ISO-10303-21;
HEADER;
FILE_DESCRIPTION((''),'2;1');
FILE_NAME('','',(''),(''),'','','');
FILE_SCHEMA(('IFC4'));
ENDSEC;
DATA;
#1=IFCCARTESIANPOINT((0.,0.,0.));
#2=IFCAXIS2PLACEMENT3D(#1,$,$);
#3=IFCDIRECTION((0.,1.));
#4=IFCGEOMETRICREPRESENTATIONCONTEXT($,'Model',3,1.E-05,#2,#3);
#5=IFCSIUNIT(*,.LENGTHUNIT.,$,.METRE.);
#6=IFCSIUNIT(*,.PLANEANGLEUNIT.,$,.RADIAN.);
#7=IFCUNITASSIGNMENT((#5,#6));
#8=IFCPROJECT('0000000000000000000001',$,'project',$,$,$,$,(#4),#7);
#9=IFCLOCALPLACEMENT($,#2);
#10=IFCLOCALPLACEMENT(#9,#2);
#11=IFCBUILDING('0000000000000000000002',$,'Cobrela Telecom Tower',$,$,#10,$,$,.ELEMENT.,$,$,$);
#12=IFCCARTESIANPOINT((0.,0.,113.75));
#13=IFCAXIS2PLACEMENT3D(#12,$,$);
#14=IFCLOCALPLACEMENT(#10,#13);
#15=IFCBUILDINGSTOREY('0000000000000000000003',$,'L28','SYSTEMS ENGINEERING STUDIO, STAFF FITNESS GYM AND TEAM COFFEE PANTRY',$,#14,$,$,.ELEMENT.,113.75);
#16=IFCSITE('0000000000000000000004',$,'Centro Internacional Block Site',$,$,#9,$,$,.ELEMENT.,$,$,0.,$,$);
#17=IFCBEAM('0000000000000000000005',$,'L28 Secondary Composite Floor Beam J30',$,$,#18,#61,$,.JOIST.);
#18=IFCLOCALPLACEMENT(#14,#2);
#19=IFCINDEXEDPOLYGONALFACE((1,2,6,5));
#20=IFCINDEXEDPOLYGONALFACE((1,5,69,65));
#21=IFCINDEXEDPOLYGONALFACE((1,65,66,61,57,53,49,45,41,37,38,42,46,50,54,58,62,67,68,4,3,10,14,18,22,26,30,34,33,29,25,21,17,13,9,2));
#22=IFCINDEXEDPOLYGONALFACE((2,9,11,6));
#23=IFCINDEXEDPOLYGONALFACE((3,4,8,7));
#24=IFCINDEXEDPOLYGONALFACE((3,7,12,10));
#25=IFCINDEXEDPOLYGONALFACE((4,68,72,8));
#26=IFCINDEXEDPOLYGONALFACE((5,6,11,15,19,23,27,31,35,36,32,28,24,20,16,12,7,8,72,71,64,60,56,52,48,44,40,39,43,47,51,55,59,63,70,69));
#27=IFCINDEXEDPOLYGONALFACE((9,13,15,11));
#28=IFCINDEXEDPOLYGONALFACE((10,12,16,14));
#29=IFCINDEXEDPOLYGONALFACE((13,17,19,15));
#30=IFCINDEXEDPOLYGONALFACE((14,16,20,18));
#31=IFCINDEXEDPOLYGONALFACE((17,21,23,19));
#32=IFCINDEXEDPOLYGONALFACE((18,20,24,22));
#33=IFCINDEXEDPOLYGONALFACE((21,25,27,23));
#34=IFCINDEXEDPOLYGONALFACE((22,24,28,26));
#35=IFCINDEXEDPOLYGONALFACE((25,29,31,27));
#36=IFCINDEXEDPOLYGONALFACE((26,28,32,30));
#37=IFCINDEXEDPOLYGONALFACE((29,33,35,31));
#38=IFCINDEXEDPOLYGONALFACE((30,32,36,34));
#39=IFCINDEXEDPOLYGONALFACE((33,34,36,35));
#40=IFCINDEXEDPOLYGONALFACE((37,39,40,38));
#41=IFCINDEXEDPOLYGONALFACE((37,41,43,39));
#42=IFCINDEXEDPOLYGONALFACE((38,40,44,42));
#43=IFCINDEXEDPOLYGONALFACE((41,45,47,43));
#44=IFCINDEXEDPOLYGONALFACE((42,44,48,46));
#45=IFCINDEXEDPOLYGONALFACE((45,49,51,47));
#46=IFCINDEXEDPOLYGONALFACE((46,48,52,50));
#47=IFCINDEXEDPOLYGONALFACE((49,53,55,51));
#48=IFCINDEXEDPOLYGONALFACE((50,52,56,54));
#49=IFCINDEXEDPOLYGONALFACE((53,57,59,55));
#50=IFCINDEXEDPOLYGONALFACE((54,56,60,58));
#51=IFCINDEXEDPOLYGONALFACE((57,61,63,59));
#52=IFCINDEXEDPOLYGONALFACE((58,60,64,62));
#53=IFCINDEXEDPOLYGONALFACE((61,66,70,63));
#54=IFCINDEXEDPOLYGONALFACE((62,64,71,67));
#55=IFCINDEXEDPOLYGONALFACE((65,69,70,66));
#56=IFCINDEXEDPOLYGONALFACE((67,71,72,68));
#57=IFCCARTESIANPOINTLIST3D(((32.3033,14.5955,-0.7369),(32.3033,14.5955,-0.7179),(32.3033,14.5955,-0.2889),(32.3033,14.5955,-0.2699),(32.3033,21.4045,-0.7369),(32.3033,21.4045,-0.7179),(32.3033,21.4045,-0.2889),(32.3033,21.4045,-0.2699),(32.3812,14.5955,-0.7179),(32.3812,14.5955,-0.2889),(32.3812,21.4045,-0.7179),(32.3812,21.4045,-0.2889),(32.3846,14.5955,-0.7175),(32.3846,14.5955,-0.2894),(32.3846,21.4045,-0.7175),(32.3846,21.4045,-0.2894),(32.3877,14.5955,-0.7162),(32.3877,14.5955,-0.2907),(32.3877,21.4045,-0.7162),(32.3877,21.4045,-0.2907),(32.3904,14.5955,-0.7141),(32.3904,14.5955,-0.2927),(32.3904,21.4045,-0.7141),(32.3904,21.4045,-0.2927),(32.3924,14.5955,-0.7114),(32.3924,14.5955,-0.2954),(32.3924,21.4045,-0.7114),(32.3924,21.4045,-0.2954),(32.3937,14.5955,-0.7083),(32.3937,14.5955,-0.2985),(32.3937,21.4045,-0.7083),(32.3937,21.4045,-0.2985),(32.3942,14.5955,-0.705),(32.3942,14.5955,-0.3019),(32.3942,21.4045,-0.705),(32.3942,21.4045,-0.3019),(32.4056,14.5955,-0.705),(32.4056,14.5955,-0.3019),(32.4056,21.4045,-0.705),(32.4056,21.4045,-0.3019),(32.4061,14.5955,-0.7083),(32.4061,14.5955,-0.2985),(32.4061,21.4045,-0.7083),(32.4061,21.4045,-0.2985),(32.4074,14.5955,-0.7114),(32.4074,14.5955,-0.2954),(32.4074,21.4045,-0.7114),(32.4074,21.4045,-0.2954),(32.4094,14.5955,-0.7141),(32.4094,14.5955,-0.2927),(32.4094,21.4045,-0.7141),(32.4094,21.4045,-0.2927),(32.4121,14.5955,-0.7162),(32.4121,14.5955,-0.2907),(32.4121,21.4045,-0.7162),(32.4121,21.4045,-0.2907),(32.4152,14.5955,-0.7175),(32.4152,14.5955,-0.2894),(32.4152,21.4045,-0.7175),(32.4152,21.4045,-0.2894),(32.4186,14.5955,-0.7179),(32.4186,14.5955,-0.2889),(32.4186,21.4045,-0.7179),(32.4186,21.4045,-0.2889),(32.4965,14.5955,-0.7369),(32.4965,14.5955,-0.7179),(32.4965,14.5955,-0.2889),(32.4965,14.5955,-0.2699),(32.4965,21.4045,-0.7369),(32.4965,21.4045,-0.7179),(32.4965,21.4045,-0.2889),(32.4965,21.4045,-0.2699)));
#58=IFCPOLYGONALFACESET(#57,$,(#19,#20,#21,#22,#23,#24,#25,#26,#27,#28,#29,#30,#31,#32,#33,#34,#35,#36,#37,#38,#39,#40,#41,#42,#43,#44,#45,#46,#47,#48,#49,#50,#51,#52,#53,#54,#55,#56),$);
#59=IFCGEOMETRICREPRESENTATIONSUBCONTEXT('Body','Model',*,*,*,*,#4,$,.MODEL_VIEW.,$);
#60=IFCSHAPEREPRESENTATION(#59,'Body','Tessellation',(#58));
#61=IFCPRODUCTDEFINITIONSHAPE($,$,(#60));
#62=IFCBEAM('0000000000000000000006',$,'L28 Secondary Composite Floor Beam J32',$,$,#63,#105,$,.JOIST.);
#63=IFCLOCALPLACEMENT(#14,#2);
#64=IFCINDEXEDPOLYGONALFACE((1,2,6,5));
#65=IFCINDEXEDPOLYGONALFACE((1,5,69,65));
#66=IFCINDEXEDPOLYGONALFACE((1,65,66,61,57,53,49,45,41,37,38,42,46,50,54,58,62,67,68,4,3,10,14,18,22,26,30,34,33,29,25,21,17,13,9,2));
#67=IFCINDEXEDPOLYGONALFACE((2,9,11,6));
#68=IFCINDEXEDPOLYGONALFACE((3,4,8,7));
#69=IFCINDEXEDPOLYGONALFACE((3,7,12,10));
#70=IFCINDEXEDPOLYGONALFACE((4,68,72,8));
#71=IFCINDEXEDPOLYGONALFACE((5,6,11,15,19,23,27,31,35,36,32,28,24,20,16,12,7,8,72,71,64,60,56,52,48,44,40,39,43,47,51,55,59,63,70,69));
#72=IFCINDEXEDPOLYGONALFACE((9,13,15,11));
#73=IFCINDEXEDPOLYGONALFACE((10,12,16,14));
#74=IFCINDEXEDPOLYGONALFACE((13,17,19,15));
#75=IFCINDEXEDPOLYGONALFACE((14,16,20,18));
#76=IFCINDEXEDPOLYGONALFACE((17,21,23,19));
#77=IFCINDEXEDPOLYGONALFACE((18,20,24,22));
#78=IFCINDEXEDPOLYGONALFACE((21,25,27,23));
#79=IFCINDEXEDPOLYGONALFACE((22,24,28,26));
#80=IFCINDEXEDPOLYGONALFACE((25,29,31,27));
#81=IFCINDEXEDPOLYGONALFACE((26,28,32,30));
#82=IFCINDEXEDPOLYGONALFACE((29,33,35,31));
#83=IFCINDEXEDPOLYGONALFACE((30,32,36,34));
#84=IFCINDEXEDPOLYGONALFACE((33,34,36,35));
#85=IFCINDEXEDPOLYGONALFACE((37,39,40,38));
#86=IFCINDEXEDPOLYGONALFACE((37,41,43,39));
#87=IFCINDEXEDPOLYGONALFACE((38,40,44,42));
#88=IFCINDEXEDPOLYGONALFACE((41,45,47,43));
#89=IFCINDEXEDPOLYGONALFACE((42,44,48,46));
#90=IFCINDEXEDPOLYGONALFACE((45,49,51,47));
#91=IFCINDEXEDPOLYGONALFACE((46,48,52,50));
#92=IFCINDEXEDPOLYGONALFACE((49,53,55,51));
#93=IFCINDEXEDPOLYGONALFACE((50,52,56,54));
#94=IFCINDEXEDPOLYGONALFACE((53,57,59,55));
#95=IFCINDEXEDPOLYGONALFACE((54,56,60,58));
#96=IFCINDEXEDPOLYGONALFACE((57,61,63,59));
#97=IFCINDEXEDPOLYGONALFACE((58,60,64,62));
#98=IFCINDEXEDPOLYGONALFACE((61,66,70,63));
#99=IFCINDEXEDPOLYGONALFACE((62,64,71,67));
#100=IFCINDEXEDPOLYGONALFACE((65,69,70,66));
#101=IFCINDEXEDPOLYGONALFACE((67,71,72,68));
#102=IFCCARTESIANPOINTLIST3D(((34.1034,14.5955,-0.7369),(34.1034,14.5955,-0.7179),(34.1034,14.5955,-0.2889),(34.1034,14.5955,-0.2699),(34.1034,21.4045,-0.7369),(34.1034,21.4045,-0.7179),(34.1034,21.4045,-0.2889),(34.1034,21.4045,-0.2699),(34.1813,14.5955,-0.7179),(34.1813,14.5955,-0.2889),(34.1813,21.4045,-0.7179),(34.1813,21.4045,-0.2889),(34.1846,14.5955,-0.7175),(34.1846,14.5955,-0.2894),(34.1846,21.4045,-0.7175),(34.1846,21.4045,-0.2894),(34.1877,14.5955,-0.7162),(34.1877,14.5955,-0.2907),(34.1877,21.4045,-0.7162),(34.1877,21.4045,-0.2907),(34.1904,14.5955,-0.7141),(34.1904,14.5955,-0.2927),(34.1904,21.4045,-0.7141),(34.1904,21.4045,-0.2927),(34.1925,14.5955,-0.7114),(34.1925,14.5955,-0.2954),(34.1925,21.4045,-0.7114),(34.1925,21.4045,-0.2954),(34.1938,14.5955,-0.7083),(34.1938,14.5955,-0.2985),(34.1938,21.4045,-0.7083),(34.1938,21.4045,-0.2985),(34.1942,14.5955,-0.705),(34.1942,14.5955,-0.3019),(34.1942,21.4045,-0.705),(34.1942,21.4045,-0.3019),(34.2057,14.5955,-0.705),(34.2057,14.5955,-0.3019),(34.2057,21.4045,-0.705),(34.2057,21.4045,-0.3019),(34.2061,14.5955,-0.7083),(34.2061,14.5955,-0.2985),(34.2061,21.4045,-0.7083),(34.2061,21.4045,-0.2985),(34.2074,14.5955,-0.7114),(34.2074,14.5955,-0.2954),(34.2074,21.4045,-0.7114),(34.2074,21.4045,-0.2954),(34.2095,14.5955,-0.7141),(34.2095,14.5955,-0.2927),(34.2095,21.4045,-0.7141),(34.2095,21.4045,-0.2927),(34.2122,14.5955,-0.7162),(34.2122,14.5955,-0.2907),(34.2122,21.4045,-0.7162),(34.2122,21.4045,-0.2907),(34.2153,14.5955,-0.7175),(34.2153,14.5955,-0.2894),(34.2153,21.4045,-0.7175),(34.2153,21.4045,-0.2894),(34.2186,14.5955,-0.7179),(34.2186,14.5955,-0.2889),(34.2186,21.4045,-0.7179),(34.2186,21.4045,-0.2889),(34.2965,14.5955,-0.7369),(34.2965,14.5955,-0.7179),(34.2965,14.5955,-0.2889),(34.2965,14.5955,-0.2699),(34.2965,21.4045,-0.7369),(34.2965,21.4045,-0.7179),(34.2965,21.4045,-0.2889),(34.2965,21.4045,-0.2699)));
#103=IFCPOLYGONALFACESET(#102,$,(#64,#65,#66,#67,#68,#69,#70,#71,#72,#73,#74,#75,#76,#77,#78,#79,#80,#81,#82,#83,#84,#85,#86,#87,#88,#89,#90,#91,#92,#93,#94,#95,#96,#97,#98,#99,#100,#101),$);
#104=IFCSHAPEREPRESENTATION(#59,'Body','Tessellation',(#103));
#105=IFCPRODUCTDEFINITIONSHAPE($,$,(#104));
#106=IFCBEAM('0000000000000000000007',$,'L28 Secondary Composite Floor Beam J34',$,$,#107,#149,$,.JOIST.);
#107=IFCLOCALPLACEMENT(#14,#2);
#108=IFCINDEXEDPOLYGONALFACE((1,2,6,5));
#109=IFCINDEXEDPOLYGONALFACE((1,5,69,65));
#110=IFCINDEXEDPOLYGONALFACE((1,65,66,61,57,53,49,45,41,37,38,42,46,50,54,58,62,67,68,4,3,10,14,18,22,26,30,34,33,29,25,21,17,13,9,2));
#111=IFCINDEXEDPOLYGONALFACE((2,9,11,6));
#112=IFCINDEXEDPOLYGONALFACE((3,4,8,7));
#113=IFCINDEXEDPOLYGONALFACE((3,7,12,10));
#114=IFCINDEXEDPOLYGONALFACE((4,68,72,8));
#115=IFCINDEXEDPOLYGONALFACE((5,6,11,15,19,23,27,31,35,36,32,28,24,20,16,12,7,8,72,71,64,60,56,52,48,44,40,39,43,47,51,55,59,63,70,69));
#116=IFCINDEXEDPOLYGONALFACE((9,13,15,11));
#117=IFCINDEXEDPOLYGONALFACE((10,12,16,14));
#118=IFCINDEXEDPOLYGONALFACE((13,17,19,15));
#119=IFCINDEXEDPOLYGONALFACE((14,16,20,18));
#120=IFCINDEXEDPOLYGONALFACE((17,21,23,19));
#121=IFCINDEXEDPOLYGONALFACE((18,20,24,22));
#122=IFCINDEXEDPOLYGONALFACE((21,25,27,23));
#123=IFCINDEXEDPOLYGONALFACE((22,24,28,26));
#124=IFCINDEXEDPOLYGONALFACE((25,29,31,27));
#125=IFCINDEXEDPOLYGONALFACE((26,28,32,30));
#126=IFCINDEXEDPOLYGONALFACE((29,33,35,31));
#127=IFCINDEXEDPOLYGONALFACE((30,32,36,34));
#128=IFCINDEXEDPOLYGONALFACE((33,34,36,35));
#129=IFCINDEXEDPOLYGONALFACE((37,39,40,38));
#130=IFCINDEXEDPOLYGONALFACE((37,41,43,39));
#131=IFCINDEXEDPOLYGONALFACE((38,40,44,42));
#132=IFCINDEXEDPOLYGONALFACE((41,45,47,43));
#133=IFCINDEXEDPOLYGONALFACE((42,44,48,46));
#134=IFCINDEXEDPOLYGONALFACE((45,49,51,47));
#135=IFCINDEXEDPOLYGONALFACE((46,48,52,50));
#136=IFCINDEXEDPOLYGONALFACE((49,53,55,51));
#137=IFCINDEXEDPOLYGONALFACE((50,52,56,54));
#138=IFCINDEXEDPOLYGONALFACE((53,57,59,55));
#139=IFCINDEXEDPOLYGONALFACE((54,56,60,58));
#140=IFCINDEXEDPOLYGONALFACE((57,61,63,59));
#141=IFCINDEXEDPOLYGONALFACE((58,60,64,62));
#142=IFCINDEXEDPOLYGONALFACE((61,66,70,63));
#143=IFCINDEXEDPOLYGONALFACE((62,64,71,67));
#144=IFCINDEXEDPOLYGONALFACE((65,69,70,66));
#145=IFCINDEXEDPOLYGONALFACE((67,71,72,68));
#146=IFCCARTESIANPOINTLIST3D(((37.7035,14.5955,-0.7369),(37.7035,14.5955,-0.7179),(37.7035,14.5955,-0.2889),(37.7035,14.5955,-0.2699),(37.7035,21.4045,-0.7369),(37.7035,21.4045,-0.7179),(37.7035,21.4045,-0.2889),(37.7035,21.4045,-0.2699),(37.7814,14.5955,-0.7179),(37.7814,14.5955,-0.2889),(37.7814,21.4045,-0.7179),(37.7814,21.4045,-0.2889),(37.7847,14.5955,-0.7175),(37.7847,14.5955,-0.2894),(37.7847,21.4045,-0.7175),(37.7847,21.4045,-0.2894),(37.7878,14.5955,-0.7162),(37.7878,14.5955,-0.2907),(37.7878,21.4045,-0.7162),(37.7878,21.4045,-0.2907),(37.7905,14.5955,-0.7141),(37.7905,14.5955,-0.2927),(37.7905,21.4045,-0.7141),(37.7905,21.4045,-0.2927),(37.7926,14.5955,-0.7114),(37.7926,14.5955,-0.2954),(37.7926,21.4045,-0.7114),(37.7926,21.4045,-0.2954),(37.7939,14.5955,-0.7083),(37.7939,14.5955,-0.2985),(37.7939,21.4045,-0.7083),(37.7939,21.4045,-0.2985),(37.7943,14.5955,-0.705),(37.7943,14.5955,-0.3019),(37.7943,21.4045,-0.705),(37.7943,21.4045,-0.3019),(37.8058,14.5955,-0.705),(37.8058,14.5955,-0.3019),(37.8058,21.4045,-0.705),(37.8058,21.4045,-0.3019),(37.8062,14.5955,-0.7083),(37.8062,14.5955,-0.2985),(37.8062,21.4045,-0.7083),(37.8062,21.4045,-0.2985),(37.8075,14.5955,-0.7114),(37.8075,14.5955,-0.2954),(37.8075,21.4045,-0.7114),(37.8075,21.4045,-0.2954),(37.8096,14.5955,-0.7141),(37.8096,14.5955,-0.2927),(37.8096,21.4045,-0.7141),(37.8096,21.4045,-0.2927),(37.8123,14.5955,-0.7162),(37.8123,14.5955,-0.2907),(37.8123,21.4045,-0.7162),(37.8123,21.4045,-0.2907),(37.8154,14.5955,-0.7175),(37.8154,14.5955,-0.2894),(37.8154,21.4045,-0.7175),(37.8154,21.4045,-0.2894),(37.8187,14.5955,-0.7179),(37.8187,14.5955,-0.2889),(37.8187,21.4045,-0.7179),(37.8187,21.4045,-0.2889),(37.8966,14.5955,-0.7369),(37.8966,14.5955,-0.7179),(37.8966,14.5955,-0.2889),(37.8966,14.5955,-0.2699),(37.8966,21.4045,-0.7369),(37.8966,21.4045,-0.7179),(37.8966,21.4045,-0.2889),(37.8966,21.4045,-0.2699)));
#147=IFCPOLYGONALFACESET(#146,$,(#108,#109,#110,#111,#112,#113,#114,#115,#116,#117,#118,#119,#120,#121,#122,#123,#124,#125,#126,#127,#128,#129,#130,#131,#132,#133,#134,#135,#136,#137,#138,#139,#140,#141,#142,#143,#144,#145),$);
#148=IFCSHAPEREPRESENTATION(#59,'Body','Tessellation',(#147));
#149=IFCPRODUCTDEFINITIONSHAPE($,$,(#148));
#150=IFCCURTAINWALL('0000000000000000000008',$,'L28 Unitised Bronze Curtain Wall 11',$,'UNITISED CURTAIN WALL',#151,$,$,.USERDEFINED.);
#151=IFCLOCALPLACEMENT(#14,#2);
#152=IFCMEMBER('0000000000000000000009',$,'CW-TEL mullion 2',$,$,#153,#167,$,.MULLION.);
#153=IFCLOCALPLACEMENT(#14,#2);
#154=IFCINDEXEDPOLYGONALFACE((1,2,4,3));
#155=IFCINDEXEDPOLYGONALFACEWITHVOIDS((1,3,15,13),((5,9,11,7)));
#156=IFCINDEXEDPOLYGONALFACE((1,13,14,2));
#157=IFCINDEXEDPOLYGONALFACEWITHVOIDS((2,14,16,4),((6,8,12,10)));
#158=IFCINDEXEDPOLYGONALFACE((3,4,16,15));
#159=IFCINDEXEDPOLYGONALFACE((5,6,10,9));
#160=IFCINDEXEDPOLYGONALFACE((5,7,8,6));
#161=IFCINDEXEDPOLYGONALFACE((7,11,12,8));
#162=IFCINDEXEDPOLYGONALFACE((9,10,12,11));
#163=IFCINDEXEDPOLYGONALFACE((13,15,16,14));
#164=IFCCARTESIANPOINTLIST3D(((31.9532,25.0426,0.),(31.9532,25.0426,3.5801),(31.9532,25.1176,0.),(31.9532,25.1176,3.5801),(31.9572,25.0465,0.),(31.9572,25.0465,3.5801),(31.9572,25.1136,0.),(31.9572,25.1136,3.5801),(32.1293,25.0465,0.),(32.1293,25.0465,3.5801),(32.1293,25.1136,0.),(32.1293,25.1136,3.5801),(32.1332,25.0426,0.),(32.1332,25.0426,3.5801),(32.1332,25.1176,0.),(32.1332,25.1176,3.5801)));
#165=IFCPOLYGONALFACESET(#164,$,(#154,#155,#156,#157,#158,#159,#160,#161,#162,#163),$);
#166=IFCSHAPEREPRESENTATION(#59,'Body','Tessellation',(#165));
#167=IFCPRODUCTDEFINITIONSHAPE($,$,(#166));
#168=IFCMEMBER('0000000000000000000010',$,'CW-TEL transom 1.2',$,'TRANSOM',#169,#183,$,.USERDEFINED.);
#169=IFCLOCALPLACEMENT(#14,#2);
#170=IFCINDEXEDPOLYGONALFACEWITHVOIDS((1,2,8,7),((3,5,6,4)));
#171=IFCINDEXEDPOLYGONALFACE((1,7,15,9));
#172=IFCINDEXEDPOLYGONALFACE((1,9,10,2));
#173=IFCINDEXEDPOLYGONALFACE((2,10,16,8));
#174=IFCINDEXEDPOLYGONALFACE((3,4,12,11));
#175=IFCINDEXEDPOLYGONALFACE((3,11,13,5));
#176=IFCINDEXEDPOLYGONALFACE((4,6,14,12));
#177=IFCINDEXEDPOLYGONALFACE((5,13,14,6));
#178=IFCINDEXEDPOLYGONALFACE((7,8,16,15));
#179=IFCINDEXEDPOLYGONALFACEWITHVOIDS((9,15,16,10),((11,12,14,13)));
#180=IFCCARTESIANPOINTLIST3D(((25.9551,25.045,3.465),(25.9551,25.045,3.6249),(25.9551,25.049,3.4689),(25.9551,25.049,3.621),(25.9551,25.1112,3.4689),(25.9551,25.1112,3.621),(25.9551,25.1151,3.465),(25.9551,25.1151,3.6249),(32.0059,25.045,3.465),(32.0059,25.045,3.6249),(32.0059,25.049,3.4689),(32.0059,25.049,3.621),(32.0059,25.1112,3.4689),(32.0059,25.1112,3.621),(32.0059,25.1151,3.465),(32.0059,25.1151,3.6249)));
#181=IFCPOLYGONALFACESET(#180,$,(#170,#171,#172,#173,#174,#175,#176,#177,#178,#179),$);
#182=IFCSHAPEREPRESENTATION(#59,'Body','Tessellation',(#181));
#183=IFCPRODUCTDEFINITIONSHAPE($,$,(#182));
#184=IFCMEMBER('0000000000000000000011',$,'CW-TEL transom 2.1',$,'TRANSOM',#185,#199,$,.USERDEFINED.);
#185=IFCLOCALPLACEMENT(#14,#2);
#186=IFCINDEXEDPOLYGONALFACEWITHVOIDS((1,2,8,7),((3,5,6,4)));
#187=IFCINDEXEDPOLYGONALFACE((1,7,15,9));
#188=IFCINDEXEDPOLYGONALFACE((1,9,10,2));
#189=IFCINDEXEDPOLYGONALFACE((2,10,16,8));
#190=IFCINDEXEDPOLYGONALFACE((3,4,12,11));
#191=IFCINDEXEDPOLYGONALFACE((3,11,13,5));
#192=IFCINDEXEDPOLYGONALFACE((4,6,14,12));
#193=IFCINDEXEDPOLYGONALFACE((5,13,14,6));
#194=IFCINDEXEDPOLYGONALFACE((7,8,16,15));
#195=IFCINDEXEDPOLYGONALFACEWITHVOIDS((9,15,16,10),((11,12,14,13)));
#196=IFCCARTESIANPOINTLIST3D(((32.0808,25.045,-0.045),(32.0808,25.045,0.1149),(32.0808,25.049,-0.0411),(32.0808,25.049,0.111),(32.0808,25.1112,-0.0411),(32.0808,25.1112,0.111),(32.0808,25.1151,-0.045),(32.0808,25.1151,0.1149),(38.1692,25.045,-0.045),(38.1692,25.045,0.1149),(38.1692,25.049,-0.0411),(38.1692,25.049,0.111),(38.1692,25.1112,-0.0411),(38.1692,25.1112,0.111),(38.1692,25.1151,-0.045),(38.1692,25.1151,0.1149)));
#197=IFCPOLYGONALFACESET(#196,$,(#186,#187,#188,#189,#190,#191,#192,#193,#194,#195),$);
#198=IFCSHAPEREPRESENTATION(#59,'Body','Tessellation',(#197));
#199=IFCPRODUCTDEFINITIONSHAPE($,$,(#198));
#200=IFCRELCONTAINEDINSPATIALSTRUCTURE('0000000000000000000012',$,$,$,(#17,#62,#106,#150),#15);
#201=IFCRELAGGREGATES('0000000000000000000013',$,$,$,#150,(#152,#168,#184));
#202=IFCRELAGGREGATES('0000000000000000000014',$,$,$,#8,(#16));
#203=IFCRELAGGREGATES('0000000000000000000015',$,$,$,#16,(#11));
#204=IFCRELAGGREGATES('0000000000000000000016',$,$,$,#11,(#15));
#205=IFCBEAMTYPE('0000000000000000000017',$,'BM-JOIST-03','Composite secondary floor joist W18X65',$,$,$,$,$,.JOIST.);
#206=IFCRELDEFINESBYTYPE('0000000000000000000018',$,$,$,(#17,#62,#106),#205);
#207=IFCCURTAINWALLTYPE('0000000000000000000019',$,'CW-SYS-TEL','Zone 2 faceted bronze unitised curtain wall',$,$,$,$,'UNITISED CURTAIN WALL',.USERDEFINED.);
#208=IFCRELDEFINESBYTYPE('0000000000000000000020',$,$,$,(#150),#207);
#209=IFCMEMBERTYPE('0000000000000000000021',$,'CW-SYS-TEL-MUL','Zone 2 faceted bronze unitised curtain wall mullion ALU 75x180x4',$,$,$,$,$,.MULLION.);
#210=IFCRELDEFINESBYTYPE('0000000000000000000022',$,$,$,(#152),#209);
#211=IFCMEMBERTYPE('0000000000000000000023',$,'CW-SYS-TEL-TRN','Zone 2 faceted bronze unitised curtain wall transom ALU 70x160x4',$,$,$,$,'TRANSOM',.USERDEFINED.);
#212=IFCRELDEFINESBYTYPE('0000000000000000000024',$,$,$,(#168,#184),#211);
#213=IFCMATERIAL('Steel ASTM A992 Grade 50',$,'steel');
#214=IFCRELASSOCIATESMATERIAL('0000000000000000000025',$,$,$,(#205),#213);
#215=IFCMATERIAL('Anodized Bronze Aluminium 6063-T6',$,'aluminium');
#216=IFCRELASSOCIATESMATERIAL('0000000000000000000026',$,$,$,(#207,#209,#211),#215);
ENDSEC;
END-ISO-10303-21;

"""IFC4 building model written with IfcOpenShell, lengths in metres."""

from ifc_helpers import new_model, si_unit, direction, frame, origin, origin_2d, place, context, subcontext, project, spatial, hollow_rectangle, i_section, extrude, material, material_profile, profile_set, type_object, element, aggregate, save


model = new_model("IFC4")

# Units and contexts
model_context = context("Model", 3, precision=1e-05, world=origin(), true_north=direction((0.0, 1.0)))
body_context = subcontext(model_context, "Body", "Model", "MODEL_VIEW")
ifc_project = project(units=[si_unit("LENGTHUNIT", "METRE"), si_unit("PLANEANGLEUNIT", "RADIAN")], contexts=[model_context])

# Site, building, storey
site_placement = place(None, origin())
site = spatial("IfcSite", under=ifc_project, at=site_placement, Name="Centro Internacional Block Site", CompositionType="ELEMENT", RefElevation=0.0)
building_placement = place(site_placement, origin())
building = spatial("IfcBuilding", under=site, at=building_placement, Name="Cobrela Telecom Tower", CompositionType="ELEMENT")
storey_placement = place(building_placement, frame((0.0, 0.0, 113.75)))
storey = spatial("IfcBuildingStorey", under=building, at=storey_placement, Name="L28", Description="SYSTEMS ENGINEERING STUDIO, STAFF FITNESS GYM AND TEAM COFFEE PANTRY", CompositionType="ELEMENT", Elevation=113.75)

# Shared definitions
ifc_material_1 = material(Name="Steel ASTM A992 Grade 50", Category="steel")

# Beams
ifc_material_profile_1 = material_profile(ifc_material_1, i_section(OverallWidth=0.1931, OverallDepth=0.467, WebThickness=0.0115, FlangeThickness=0.019, FilletRadius=0.0129, at=origin_2d()), Name="W18X65")
ifc_profile_set_1 = profile_set([ifc_material_profile_1], Name="Steel ASTM A992 Grade 50")
beam_type_1 = type_object("IfcBeamType", Name="BM-JOIST-03", Description="Composite secondary floor joist W18X65", PredefinedType="JOIST", material=ifc_profile_set_1)
for number, where, z_axis, x_axis, name in (
    (1, (32.3999, 14.5955, -0.5034), (0.0, 1.0, 0.0), (-1.0, 0.0, 0.0), "L28 Secondary Composite Floor Beam J30"),
    (2, (34.2, 14.5955, -0.5034), (0.0, 1.0, 0.0), (-1.0, 0.0, 0.0), "L28 Secondary Composite Floor Beam J32"),
    (3, (37.8, 14.5955, -0.5034), (0.0, 1.0, 0.0), (-1.0, 0.0, 0.0), "L28 Secondary Composite Floor Beam J34"),
):
    element("IfcBeam", number, at=place(storey_placement, frame(where, z_axis=z_axis, x_axis=x_axis)), inside=storey, type_object=beam_type_1, Name=name, PredefinedType="JOIST", context=body_context, shape_type="SweptSolid", body=[
        extrude(i_section(OverallWidth=0.1931, OverallDepth=0.467, WebThickness=0.0115, FlangeThickness=0.019, FilletRadius=0.0129, at=origin_2d()), origin(), (0.0, 0.0, 1.0), 6.8091),
    ])

# Curtain wall, members
ifc_material_2 = material(Name="Anodized Bronze Aluminium 6063-T6", Category="aluminium")
curtain_wall_type = type_object("IfcCurtainWallType", Name="CW-SYS-TEL", Description="Zone 2 faceted bronze unitised curtain wall", ElementType="UNITISED CURTAIN WALL", PredefinedType="USERDEFINED", material=ifc_material_2)
curtain_wall_placement = place(storey_placement, origin())
curtain_wall = element("IfcCurtainWall", 4, at=curtain_wall_placement, inside=storey, type_object=curtain_wall_type, Name="L28 Unitised Bronze Curtain Wall 11", ObjectType="UNITISED CURTAIN WALL", PredefinedType="USERDEFINED")
ifc_material_profile_2 = material_profile(ifc_material_2, hollow_rectangle(XDim=0.075, YDim=0.1799, WallThickness=0.0039, at=origin_2d()), Name="ALU 75x180x4")
ifc_profile_set_2 = profile_set([ifc_material_profile_2], Name="Anodized Bronze Aluminium 6063-T6")
member_type_1 = type_object("IfcMemberType", Name="CW-SYS-TEL-MUL", Description="Zone 2 faceted bronze unitised curtain wall mullion ALU 75x180x4", PredefinedType="MULLION", material=ifc_profile_set_2)
member_1_placement = place(storey_placement, frame((32.0432, 25.0801, 0.0), z_axis=(0.0, 0.0, 1.0), x_axis=(0.0, 1.0, 0.0)))
member_1 = element("IfcMember", 5, at=member_1_placement, type_object=member_type_1, Name="CW-TEL mullion 2", PredefinedType="MULLION", context=body_context, shape_type="SweptSolid", body=[
    extrude(hollow_rectangle(XDim=0.075, YDim=0.1799, WallThickness=0.0039, at=origin_2d()), origin(), (0.0, 0.0, 1.0), 3.5801),
])
ifc_material_profile_3 = material_profile(ifc_material_2, hollow_rectangle(XDim=0.0701, YDim=0.1599, WallThickness=0.0039, at=origin_2d()), Name="ALU 70x160x4")
ifc_profile_set_3 = profile_set([ifc_material_profile_3], Name="Anodized Bronze Aluminium 6063-T6")
member_type_2 = type_object("IfcMemberType", Name="CW-SYS-TEL-TRN", Description="Zone 2 faceted bronze unitised curtain wall transom ALU 70x160x4", ElementType="TRANSOM", PredefinedType="USERDEFINED", material=ifc_profile_set_3)
member_2_placement = place(storey_placement, frame((25.9551, 25.0801, 3.5449), z_axis=(1.0, 0.0, 0.0), x_axis=(0.0, 1.0, 0.0)))
member_2 = element("IfcMember", 6, at=member_2_placement, type_object=member_type_2, Name="CW-TEL transom 1.2", ObjectType="TRANSOM", PredefinedType="USERDEFINED", context=body_context, shape_type="SweptSolid", body=[
    extrude(hollow_rectangle(XDim=0.0701, YDim=0.1599, WallThickness=0.0039, at=origin_2d()), origin(), (0.0, 0.0, 1.0), 6.0508),
])
member_3_placement = place(storey_placement, frame((32.0808, 25.0801, 0.0349), z_axis=(1.0, 0.0, 0.0), x_axis=(0.0, 1.0, 0.0)))
member_3 = element("IfcMember", 7, at=member_3_placement, type_object=member_type_2, Name="CW-TEL transom 2.1", ObjectType="TRANSOM", PredefinedType="USERDEFINED", context=body_context, shape_type="SweptSolid", body=[
    extrude(hollow_rectangle(XDim=0.0701, YDim=0.1599, WallThickness=0.0039, at=origin_2d()), origin(), (0.0, 0.0, 1.0), 6.0884),
])
aggregate(curtain_wall, [member_1, member_2, member_3])

save(model, "model.ifc")
